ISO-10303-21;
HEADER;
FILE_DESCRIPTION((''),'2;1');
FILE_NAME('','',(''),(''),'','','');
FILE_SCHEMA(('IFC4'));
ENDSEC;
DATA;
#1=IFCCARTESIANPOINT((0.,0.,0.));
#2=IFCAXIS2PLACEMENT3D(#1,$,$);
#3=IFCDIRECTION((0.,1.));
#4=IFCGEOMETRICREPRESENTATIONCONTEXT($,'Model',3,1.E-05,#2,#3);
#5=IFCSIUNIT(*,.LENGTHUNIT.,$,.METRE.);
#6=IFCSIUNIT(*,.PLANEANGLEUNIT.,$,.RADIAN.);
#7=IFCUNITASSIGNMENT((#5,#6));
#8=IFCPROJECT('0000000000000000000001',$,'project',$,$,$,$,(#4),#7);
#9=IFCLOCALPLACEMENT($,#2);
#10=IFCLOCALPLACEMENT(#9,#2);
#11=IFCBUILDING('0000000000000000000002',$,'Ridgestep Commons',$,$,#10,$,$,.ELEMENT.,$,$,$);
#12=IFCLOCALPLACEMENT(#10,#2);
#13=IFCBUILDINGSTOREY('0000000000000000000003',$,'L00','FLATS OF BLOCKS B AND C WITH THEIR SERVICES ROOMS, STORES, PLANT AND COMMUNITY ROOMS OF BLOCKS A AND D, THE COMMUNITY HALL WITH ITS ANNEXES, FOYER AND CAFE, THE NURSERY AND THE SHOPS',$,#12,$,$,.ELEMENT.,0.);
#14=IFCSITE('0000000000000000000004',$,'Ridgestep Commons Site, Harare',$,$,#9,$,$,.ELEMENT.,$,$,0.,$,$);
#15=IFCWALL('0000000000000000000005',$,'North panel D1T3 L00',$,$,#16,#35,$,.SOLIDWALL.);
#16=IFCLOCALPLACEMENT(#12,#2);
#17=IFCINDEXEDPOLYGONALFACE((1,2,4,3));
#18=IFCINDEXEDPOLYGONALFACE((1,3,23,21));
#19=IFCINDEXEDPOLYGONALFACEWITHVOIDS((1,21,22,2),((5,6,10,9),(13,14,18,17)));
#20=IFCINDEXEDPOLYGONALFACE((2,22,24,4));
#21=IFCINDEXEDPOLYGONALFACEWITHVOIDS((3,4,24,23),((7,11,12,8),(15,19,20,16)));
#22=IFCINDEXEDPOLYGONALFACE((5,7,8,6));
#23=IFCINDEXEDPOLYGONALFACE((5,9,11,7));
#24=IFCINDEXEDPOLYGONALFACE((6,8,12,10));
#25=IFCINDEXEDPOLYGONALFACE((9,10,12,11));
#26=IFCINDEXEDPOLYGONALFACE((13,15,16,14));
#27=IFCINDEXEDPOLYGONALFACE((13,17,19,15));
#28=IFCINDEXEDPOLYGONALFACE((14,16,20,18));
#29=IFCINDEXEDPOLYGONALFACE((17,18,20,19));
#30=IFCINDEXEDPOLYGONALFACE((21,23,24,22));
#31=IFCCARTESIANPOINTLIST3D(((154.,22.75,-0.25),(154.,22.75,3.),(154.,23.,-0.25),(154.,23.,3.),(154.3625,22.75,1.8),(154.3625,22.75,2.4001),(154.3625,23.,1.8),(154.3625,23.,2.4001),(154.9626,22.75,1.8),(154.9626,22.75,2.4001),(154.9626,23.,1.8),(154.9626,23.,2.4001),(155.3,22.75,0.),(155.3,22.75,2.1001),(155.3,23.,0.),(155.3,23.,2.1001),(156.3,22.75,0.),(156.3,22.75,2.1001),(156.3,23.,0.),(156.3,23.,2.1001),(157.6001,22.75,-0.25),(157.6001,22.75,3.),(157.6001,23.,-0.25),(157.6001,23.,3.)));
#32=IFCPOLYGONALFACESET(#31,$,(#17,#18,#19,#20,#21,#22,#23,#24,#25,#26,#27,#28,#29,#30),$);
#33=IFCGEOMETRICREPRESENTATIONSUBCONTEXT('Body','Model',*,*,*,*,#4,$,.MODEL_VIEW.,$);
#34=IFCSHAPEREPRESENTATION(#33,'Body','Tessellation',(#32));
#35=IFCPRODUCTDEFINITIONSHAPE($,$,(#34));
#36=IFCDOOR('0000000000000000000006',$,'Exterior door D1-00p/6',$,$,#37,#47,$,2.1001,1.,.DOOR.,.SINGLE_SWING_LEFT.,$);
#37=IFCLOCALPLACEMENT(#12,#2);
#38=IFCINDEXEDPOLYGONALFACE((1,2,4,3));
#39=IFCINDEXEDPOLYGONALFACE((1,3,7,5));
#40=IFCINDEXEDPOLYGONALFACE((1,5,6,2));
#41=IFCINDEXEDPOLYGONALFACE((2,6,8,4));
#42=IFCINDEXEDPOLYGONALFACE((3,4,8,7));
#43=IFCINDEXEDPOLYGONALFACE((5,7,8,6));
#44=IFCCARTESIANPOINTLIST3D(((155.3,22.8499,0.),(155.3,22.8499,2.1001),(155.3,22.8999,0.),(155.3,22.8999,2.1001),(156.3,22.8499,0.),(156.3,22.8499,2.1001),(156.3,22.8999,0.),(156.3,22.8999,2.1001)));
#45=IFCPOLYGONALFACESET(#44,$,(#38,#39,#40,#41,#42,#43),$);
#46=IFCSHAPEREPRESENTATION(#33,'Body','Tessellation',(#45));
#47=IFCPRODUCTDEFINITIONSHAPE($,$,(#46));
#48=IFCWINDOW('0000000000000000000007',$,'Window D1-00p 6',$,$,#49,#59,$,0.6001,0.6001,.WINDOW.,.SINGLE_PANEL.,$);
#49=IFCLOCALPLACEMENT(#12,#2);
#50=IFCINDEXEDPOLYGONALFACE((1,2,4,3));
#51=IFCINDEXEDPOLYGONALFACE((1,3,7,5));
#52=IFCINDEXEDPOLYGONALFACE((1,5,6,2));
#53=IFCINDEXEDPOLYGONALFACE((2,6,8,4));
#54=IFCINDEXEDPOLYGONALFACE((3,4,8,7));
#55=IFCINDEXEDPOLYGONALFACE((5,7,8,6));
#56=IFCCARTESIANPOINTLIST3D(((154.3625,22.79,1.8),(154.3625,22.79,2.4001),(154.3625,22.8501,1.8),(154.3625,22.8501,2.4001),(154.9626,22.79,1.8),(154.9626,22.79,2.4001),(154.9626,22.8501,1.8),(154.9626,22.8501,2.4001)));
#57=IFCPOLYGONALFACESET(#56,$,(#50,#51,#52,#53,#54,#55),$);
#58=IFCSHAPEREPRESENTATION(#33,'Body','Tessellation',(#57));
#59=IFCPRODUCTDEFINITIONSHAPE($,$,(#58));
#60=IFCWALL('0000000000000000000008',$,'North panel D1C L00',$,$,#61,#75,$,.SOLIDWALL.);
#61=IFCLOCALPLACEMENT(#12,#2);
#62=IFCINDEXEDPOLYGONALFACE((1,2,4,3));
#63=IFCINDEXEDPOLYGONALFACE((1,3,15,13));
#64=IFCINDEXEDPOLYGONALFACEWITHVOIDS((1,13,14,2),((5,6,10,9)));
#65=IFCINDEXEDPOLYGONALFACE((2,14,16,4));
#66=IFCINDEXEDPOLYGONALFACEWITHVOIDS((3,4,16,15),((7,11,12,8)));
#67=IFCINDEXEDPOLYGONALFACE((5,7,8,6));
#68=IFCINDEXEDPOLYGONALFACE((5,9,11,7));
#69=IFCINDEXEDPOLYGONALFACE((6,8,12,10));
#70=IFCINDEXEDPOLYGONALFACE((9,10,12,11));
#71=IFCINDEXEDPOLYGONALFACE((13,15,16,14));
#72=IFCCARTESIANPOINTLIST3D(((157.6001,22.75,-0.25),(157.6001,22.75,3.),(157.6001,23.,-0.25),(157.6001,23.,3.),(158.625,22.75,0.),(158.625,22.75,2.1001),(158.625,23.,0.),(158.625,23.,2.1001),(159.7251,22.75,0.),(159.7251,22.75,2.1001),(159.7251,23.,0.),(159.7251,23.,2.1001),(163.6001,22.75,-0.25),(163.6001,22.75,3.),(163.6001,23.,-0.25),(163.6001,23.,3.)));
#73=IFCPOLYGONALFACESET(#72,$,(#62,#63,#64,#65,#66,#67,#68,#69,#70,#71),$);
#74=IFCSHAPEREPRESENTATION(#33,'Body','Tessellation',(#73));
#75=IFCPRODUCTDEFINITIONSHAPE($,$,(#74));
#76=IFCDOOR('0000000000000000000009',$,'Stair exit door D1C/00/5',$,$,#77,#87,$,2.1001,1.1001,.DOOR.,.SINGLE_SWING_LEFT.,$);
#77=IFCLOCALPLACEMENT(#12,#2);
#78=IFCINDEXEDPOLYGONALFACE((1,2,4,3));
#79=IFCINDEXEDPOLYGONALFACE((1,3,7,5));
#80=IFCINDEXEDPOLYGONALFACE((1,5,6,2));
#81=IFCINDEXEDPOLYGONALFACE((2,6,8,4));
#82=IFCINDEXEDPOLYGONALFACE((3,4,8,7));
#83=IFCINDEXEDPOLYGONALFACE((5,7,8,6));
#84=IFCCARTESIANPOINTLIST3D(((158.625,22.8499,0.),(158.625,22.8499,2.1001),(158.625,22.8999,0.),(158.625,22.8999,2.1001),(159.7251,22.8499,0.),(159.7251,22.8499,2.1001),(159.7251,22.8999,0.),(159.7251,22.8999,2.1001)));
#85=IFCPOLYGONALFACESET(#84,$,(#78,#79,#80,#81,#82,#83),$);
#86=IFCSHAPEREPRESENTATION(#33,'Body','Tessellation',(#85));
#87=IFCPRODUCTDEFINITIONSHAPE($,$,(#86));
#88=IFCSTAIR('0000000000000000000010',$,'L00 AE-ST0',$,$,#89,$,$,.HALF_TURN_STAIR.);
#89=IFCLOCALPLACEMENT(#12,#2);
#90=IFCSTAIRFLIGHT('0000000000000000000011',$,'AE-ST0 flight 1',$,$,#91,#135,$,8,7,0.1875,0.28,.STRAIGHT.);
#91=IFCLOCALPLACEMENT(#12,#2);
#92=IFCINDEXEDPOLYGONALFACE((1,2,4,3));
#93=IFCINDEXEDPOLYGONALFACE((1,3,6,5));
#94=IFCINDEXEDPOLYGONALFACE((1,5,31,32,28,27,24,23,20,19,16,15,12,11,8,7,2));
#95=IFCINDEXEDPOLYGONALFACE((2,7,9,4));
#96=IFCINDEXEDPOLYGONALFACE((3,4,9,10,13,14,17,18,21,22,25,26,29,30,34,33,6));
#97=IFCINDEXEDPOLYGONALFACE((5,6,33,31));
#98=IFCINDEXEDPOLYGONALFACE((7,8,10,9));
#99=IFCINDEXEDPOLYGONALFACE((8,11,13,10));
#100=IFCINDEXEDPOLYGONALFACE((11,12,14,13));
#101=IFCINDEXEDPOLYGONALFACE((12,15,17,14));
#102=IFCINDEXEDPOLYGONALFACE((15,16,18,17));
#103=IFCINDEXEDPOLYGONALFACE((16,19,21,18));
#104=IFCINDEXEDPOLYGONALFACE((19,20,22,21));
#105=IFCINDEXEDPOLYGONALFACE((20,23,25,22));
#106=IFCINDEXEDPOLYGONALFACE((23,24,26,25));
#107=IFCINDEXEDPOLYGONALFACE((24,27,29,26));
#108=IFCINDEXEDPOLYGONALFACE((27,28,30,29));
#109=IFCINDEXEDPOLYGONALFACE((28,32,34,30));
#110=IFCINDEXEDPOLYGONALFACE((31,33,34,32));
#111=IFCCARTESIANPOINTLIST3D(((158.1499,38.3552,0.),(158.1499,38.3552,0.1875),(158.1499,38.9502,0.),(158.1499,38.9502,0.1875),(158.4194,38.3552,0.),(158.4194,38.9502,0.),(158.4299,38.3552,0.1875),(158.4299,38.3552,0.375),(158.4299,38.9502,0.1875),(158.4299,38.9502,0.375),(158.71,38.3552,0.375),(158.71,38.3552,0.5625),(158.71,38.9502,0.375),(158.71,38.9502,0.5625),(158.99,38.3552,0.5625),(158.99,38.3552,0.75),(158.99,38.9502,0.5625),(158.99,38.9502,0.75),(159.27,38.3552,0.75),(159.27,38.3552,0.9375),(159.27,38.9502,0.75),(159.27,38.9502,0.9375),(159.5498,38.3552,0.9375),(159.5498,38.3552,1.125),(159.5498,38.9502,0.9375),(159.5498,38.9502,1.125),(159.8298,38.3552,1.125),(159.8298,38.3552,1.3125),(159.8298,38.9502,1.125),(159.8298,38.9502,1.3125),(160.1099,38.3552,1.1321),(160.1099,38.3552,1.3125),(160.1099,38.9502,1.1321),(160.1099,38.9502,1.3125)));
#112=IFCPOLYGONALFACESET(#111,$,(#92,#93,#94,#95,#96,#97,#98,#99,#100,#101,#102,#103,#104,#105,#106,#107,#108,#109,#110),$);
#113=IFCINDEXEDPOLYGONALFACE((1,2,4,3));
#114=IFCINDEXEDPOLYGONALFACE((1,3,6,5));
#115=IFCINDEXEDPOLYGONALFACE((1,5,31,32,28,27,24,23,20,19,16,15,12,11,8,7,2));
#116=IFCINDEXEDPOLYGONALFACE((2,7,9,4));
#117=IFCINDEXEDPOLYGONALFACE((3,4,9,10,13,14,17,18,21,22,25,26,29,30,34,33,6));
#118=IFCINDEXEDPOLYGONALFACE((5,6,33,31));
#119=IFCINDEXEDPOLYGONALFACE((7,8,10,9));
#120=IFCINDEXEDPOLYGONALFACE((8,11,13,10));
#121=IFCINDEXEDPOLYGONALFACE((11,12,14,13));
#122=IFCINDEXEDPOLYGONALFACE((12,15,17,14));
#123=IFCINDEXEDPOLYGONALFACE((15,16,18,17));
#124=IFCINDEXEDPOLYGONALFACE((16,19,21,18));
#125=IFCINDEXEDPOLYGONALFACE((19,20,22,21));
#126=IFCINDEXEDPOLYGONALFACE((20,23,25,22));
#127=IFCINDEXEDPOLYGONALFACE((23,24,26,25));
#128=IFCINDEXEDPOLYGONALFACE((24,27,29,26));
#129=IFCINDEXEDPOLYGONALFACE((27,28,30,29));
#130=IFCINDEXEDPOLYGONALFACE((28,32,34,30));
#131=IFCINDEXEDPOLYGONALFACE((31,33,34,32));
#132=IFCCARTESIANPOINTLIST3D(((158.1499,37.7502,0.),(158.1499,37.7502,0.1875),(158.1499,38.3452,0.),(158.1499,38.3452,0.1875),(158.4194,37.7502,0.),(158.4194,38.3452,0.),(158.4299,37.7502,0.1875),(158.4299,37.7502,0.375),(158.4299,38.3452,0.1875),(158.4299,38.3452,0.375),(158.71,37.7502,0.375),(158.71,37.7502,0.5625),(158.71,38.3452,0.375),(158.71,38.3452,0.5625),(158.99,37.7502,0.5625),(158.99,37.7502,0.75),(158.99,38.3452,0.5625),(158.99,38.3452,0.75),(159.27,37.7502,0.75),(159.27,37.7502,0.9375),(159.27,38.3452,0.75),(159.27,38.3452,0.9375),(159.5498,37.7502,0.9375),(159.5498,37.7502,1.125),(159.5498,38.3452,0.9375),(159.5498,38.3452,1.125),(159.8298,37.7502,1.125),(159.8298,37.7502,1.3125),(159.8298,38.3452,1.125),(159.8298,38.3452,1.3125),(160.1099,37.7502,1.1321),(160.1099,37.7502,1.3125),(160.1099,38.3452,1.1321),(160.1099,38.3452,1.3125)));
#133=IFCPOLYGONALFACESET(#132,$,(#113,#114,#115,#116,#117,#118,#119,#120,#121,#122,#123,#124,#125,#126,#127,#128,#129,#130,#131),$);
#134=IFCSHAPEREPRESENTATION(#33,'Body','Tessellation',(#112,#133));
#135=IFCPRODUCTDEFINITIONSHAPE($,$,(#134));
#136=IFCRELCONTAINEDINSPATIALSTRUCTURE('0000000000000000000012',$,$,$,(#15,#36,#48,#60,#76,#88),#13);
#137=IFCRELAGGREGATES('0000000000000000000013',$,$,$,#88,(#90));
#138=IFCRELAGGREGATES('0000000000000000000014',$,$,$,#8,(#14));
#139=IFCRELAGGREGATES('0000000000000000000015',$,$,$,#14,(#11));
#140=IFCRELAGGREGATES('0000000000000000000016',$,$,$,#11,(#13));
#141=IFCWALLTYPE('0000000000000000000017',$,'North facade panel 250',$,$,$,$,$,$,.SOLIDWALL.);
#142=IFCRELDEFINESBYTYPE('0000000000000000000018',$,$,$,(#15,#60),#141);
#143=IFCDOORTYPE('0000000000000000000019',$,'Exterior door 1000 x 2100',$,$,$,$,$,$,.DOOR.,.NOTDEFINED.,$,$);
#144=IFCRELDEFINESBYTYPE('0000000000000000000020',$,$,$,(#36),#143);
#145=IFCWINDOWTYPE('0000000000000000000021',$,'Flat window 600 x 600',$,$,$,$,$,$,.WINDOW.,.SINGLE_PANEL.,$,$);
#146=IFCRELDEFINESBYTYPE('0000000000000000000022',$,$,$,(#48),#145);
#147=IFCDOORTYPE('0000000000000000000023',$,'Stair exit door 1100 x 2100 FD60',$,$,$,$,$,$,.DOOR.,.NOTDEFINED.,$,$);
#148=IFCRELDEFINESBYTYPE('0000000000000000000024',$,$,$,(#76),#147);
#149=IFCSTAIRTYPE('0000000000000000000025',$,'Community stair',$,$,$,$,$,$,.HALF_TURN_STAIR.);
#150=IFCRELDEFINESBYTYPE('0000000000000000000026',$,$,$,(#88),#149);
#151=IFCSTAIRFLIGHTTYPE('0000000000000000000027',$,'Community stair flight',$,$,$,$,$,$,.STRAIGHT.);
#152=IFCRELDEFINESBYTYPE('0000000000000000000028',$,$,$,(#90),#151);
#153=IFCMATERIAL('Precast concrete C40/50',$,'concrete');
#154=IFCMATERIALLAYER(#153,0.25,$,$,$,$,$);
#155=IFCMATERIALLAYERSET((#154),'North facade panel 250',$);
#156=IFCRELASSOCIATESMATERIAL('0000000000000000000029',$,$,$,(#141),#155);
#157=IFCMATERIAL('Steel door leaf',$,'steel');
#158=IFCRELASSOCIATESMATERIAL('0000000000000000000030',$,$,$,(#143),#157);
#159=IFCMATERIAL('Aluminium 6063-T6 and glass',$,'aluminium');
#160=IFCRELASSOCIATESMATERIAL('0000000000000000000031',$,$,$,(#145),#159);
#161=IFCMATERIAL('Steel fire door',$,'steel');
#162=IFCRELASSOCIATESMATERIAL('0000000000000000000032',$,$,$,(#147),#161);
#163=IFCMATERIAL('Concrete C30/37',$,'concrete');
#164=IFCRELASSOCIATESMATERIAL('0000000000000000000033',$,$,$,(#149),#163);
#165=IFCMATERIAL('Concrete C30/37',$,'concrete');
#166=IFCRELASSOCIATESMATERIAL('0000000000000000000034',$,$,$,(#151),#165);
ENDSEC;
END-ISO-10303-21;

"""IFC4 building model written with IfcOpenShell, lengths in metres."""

from ifc_helpers import new_model, si_unit, direction, frame, frame_2d, origin, place, context, subcontext, project, spatial, polyline, rectangle, outline, extrude, material, layer, layer_set, type_object, element, fill, aggregate, save


model = new_model("IFC4")

# Units and contexts
model_context = context("Model", 3, precision=1e-05, world=origin(), true_north=direction((0.0, 1.0)))
body_context = subcontext(model_context, "Body", "Model", "MODEL_VIEW")
ifc_project = project(units=[si_unit("LENGTHUNIT", "METRE"), si_unit("PLANEANGLEUNIT", "RADIAN")], contexts=[model_context])

# Site, building, storey
site_placement = place(None, origin())
site = spatial("IfcSite", under=ifc_project, at=site_placement, Name="Ridgestep Commons Site, Harare", CompositionType="ELEMENT", RefElevation=0.0)
building_placement = place(site_placement, origin())
building = spatial("IfcBuilding", under=site, at=building_placement, Name="Ridgestep Commons", CompositionType="ELEMENT")
storey_placement = place(building_placement, origin())
storey = spatial("IfcBuildingStorey", under=building, at=storey_placement, Name="L00", Description="FLATS OF BLOCKS B AND C WITH THEIR SERVICES ROOMS, STORES, PLANT AND COMMUNITY ROOMS OF BLOCKS A AND D, THE COMMUNITY HALL WITH ITS ANNEXES, FOYER AND CAFE, THE NURSERY AND THE SHOPS", CompositionType="ELEMENT", Elevation=0.0)

# Wall, openings, door, window
ifc_material_1 = material(Name="Precast concrete C40/50", Category="concrete")
ifc_layer_1 = layer(ifc_material_1, 0.25)
ifc_layer_set_1 = layer_set([ifc_layer_1], Name="North facade panel 250")
wall_type_1 = type_object("IfcWallType", Name="North facade panel 250", PredefinedType="SOLIDWALL", material=ifc_layer_set_1)
wall_1_placement = place(storey_placement, frame((154.0, 22.875, -0.25), z_axis=(0.0, 0.0, 1.0), x_axis=(1.0, 0.0, 0.0)))
wall_1 = element("IfcWall", 1, at=wall_1_placement, inside=storey, type_object=wall_type_1, Name="North panel D1T3 L00", PredefinedType="SOLIDWALL", context=body_context, shape_type="SweptSolid", body=[
    extrude(rectangle(XDim=3.6001, YDim=0.25, at=frame_2d((1.8, 0.0))), origin(), (0.0, 0.0, 1.0), 3.25),
])
opening_1_placement = place(wall_1_placement, frame((0.3625, 0.0, 2.05)))
opening_1 = element("IfcOpeningElement", 2, at=opening_1_placement, cuts=wall_1, PredefinedType="OPENING", context=body_context, shape_type="SweptSolid", body=[
    extrude(rectangle(XDim=0.6001, YDim=0.6001, at=frame_2d((0.3, 0.3))), frame((0.0, 0.135, 0.0), z_axis=(0.0, -1.0, 0.0), x_axis=(1.0, 0.0, 0.0)), (0.0, 0.0, 1.0), 0.27),
])
opening_2_placement = place(wall_1_placement, frame((1.3, 0.0, 0.25)))
opening_2 = element("IfcOpeningElement", 3, at=opening_2_placement, cuts=wall_1, PredefinedType="OPENING", context=body_context, shape_type="SweptSolid", body=[
    extrude(rectangle(XDim=1.0, YDim=2.1001, at=frame_2d((0.5, 1.05))), frame((0.0, 0.135, 0.0), z_axis=(0.0, -1.0, 0.0), x_axis=(1.0, 0.0, 0.0)), (0.0, 0.0, 1.0), 0.27),
])
ifc_material_2 = material(Name="Steel door leaf", Category="steel")
door_type_1 = type_object("IfcDoorType", Name="Exterior door 1000 x 2100", OperationType="NOTDEFINED", PredefinedType="DOOR", material=ifc_material_2)
door_1_placement = place(opening_2_placement, origin())
door_1 = element("IfcDoor", 4, at=door_1_placement, inside=storey, type_object=door_type_1, Name="Exterior door D1-00p/6", OperationType="SINGLE_SWING_LEFT", OverallHeight=2.1001, OverallWidth=1.0, PredefinedType="DOOR", context=body_context, shape_type="SweptSolid", body=[
    extrude(rectangle(XDim=1.0, YDim=2.1001, at=frame_2d((0.5, 1.05))), frame((0.0, 0.0249, 0.0), z_axis=(0.0, -1.0, 0.0), x_axis=(1.0, 0.0, 0.0)), (0.0, 0.0, 1.0), 0.05),
])
fill(opening_2, door_1)
ifc_material_3 = material(Name="Aluminium 6063-T6 and glass", Category="aluminium")
window_type_1 = type_object("IfcWindowType", Name="Flat window 600 x 600", PartitioningType="SINGLE_PANEL", PredefinedType="WINDOW", material=ifc_material_3)
window_1_placement = place(opening_1_placement, origin())
window_1 = element("IfcWindow", 5, at=window_1_placement, inside=storey, type_object=window_type_1, Name="Window D1-00p 6", OverallHeight=0.6001, OverallWidth=0.6001, PartitioningType="SINGLE_PANEL", PredefinedType="WINDOW", context=body_context, shape_type="SweptSolid", body=[
    extrude(rectangle(XDim=0.6001, YDim=0.6001, at=frame_2d((0.3, 0.3))), frame((0.0, -0.0249, 0.0), z_axis=(0.0, -1.0, 0.0), x_axis=(1.0, 0.0, 0.0)), (0.0, 0.0, 1.0), 0.0601),
])
fill(opening_1, window_1)

# Wall, opening, door
wall_2_placement = place(storey_placement, frame((157.6001, 22.875, -0.25), z_axis=(0.0, 0.0, 1.0), x_axis=(1.0, 0.0, 0.0)))
wall_2 = element("IfcWall", 6, at=wall_2_placement, inside=storey, type_object=wall_type_1, Name="North panel D1C L00", PredefinedType="SOLIDWALL", context=body_context, shape_type="SweptSolid", body=[
    extrude(rectangle(XDim=6.0, YDim=0.25, at=frame_2d((3.0, 0.0))), origin(), (0.0, 0.0, 1.0), 3.25),
])
opening_3_placement = place(wall_2_placement, frame((1.0249, 0.0, 0.25)))
opening_3 = element("IfcOpeningElement", 7, at=opening_3_placement, cuts=wall_2, PredefinedType="OPENING", context=body_context, shape_type="SweptSolid", body=[
    extrude(rectangle(XDim=1.1001, YDim=2.1001, at=frame_2d((0.55, 1.05))), frame((0.0, 0.135, 0.0), z_axis=(0.0, -1.0, 0.0), x_axis=(1.0, 0.0, 0.0)), (0.0, 0.0, 1.0), 0.27),
])
ifc_material_4 = material(Name="Steel fire door", Category="steel")
door_type_2 = type_object("IfcDoorType", Name="Stair exit door 1100 x 2100 FD60", OperationType="NOTDEFINED", PredefinedType="DOOR", material=ifc_material_4)
door_2_placement = place(opening_3_placement, origin())
door_2 = element("IfcDoor", 8, at=door_2_placement, inside=storey, type_object=door_type_2, Name="Stair exit door D1C/00/5", OperationType="SINGLE_SWING_LEFT", OverallHeight=2.1001, OverallWidth=1.1001, PredefinedType="DOOR", context=body_context, shape_type="SweptSolid", body=[
    extrude(rectangle(XDim=1.1001, YDim=2.1001, at=frame_2d((0.55, 1.05))), frame((0.0, 0.0249, 0.0), z_axis=(0.0, -1.0, 0.0), x_axis=(1.0, 0.0, 0.0)), (0.0, 0.0, 1.0), 0.05),
])
fill(opening_3, door_2)

# Stair, stair flight
ifc_material_5 = material(Name="Concrete C30/37", Category="concrete")
stair_type = type_object("IfcStairType", Name="Community stair", PredefinedType="HALF_TURN_STAIR", material=ifc_material_5)
stair_placement = place(storey_placement, origin())
stair = element("IfcStair", 9, at=stair_placement, inside=storey, type_object=stair_type, Name="L00 AE-ST0", PredefinedType="HALF_TURN_STAIR")
ifc_material_6 = material(Name="Concrete C30/37", Category="concrete")
stair_flight_type = type_object("IfcStairFlightType", Name="Community stair flight", PredefinedType="STRAIGHT", material=ifc_material_6)
stair_flight_placement = place(storey_placement, frame((158.1499, 38.3501, 0.0), z_axis=(0.0, 0.0, 1.0), x_axis=(1.0, 0.0, 0.0)))
stair_flight = element("IfcStairFlight", 10, at=stair_flight_placement, type_object=stair_flight_type, Name="AE-ST0 flight 1", NumberOfRisers=8, NumberOfTreads=7, PredefinedType="STRAIGHT", RiserHeight=0.1875, TreadLength=0.28, context=body_context, shape_type="SweptSolid", body=[
    extrude(outline(polyline([(0.0, 0.0), (0.0, 0.1875), (0.28, 0.1875), (0.28, 0.375), (0.5601, 0.375), (0.5601, 0.5625), (0.8401, 0.5625), (0.8401, 0.75), (1.1201, 0.75), (1.1201, 0.9375), (1.3999, 0.9375), (1.3999, 1.125), (1.6799, 1.125), (1.6799, 1.3125), (1.96, 1.3125), (1.96, 1.5), (1.96, 1.1321), (0.2695, 0.0), (0.0, 0.0)])), frame((0.0, 0.6001, 0.0), z_axis=(0.0, -1.0, 0.0), x_axis=(1.0, 0.0, 0.0)), (0.0, 0.0, 1.0), 0.595),
    extrude(outline(polyline([(0.0, 0.0), (0.0, 0.1875), (0.28, 0.1875), (0.28, 0.375), (0.5601, 0.375), (0.5601, 0.5625), (0.8401, 0.5625), (0.8401, 0.75), (1.1201, 0.75), (1.1201, 0.9375), (1.3999, 0.9375), (1.3999, 1.125), (1.6799, 1.125), (1.6799, 1.3125), (1.96, 1.3125), (1.96, 1.5), (1.96, 1.1321), (0.2695, 0.0), (0.0, 0.0)])), frame((0.0, -0.0049, 0.0), z_axis=(0.0, -1.0, 0.0), x_axis=(1.0, 0.0, 0.0)), (0.0, 0.0, 1.0), 0.595),
])
aggregate(stair, [stair_flight])

save(model, "model.ifc")
